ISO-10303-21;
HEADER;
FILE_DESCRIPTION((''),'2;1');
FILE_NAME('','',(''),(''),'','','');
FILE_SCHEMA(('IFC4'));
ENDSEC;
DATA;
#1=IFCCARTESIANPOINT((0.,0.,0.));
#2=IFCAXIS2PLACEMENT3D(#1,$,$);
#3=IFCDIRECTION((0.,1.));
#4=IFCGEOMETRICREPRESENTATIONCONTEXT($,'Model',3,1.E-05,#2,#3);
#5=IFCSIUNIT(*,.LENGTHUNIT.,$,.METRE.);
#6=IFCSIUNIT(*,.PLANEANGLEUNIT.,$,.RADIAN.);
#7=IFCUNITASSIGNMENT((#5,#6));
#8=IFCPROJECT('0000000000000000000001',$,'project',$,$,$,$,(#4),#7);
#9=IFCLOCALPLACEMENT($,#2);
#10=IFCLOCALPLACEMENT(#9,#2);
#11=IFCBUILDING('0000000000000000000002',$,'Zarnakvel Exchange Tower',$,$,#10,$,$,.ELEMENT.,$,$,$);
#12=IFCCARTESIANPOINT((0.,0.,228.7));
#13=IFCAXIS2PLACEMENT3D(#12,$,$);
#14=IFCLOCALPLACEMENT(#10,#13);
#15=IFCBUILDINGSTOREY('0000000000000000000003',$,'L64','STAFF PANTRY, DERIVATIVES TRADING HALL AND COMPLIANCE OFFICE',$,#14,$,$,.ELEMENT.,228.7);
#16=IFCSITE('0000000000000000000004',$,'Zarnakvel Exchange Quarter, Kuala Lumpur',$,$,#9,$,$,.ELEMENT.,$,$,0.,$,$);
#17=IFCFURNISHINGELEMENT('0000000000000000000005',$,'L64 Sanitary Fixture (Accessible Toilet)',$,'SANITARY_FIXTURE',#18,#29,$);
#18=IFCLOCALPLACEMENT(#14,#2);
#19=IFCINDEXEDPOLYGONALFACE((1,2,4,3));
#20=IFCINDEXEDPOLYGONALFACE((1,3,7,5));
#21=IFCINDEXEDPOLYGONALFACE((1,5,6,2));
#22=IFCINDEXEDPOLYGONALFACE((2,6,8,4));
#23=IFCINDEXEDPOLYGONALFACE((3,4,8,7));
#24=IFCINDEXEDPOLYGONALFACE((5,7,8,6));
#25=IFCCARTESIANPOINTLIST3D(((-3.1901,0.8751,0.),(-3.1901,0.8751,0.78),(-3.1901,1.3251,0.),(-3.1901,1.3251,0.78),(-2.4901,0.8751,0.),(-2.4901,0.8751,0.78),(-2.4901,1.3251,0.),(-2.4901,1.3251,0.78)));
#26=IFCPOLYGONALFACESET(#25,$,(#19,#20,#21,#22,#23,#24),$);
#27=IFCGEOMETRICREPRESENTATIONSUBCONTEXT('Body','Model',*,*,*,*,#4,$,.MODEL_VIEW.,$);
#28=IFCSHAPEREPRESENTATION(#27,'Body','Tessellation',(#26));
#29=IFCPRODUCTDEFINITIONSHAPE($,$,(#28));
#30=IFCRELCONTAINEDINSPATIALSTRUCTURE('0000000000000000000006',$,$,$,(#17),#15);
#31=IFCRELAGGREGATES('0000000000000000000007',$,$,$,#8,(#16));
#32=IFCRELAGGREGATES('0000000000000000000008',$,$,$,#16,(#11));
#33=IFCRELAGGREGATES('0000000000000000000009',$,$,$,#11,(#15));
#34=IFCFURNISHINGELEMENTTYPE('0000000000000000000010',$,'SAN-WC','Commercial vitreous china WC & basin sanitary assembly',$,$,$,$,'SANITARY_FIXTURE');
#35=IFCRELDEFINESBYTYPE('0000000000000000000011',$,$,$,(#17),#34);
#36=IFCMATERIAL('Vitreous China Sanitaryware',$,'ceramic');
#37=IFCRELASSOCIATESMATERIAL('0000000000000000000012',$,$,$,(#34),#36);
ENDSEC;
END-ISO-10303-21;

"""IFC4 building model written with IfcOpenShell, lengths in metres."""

from ifc_helpers import new_model, si_unit, direction, frame, origin, origin_2d, place, context, subcontext, project, spatial, rectangle, extrude, source, transform, mapped, material, type_object, element, save


model = new_model("IFC4")

# Units and contexts
model_context = context("Model", 3, precision=1e-05, world=origin(), true_north=direction((0.0, 1.0)))
body_context = subcontext(model_context, "Body", "Model", "MODEL_VIEW")
ifc_project = project(units=[si_unit("LENGTHUNIT", "METRE"), si_unit("PLANEANGLEUNIT", "RADIAN")], contexts=[model_context])

# Site, building, storey
site_placement = place(None, origin())
site = spatial("IfcSite", under=ifc_project, at=site_placement, Name="Zarnakvel Exchange Quarter, Kuala Lumpur", CompositionType="ELEMENT", RefElevation=0.0)
building_placement = place(site_placement, origin())
building = spatial("IfcBuilding", under=site, at=building_placement, Name="Zarnakvel Exchange Tower", CompositionType="ELEMENT")
storey_placement = place(building_placement, frame((0.0, 0.0, 228.7)))
storey = spatial("IfcBuildingStorey", under=building, at=storey_placement, Name="L64", Description="STAFF PANTRY, DERIVATIVES TRADING HALL AND COMPLIANCE OFFICE", CompositionType="ELEMENT", Elevation=228.7)

# Furnishing element
ifc_material_1 = material(Name="Vitreous China Sanitaryware", Category="ceramic")
furnishing_element_type = type_object("IfcFurnishingElementType", Name="SAN-WC", Description="Commercial vitreous china WC & basin sanitary assembly", ElementType="SANITARY_FIXTURE", material=ifc_material_1)
shared_shape_1 = source(origin(), body_context, "Body", "SweptSolid", [
    extrude(rectangle(XDim=0.7, YDim=0.45, at=origin_2d()), origin(), (0.0, 0.0, 1.0), 0.78),
])
furnishing_placement = place(storey_placement, frame((-2.8401, 1.1001, 0.0), z_axis=(0.0, 0.0, 1.0), x_axis=(1.0, 0.0, 0.0)))
element("IfcFurnishingElement", 1, at=furnishing_placement, inside=storey, type_object=furnishing_element_type, Name="L64 Sanitary Fixture (Accessible Toilet)", ObjectType="SANITARY_FIXTURE", context=body_context, shape_type="MappedRepresentation", body=[
    mapped(shared_shape_1, transform((0.0, 0.0, 0.0), x_axis=(1.0, 0.0, 0.0), y_axis=(0.0, 1.0, 0.0), z_axis=(0.0, 0.0, 1.0), scale=1.0)),
])

save(model, "model.ifc")
